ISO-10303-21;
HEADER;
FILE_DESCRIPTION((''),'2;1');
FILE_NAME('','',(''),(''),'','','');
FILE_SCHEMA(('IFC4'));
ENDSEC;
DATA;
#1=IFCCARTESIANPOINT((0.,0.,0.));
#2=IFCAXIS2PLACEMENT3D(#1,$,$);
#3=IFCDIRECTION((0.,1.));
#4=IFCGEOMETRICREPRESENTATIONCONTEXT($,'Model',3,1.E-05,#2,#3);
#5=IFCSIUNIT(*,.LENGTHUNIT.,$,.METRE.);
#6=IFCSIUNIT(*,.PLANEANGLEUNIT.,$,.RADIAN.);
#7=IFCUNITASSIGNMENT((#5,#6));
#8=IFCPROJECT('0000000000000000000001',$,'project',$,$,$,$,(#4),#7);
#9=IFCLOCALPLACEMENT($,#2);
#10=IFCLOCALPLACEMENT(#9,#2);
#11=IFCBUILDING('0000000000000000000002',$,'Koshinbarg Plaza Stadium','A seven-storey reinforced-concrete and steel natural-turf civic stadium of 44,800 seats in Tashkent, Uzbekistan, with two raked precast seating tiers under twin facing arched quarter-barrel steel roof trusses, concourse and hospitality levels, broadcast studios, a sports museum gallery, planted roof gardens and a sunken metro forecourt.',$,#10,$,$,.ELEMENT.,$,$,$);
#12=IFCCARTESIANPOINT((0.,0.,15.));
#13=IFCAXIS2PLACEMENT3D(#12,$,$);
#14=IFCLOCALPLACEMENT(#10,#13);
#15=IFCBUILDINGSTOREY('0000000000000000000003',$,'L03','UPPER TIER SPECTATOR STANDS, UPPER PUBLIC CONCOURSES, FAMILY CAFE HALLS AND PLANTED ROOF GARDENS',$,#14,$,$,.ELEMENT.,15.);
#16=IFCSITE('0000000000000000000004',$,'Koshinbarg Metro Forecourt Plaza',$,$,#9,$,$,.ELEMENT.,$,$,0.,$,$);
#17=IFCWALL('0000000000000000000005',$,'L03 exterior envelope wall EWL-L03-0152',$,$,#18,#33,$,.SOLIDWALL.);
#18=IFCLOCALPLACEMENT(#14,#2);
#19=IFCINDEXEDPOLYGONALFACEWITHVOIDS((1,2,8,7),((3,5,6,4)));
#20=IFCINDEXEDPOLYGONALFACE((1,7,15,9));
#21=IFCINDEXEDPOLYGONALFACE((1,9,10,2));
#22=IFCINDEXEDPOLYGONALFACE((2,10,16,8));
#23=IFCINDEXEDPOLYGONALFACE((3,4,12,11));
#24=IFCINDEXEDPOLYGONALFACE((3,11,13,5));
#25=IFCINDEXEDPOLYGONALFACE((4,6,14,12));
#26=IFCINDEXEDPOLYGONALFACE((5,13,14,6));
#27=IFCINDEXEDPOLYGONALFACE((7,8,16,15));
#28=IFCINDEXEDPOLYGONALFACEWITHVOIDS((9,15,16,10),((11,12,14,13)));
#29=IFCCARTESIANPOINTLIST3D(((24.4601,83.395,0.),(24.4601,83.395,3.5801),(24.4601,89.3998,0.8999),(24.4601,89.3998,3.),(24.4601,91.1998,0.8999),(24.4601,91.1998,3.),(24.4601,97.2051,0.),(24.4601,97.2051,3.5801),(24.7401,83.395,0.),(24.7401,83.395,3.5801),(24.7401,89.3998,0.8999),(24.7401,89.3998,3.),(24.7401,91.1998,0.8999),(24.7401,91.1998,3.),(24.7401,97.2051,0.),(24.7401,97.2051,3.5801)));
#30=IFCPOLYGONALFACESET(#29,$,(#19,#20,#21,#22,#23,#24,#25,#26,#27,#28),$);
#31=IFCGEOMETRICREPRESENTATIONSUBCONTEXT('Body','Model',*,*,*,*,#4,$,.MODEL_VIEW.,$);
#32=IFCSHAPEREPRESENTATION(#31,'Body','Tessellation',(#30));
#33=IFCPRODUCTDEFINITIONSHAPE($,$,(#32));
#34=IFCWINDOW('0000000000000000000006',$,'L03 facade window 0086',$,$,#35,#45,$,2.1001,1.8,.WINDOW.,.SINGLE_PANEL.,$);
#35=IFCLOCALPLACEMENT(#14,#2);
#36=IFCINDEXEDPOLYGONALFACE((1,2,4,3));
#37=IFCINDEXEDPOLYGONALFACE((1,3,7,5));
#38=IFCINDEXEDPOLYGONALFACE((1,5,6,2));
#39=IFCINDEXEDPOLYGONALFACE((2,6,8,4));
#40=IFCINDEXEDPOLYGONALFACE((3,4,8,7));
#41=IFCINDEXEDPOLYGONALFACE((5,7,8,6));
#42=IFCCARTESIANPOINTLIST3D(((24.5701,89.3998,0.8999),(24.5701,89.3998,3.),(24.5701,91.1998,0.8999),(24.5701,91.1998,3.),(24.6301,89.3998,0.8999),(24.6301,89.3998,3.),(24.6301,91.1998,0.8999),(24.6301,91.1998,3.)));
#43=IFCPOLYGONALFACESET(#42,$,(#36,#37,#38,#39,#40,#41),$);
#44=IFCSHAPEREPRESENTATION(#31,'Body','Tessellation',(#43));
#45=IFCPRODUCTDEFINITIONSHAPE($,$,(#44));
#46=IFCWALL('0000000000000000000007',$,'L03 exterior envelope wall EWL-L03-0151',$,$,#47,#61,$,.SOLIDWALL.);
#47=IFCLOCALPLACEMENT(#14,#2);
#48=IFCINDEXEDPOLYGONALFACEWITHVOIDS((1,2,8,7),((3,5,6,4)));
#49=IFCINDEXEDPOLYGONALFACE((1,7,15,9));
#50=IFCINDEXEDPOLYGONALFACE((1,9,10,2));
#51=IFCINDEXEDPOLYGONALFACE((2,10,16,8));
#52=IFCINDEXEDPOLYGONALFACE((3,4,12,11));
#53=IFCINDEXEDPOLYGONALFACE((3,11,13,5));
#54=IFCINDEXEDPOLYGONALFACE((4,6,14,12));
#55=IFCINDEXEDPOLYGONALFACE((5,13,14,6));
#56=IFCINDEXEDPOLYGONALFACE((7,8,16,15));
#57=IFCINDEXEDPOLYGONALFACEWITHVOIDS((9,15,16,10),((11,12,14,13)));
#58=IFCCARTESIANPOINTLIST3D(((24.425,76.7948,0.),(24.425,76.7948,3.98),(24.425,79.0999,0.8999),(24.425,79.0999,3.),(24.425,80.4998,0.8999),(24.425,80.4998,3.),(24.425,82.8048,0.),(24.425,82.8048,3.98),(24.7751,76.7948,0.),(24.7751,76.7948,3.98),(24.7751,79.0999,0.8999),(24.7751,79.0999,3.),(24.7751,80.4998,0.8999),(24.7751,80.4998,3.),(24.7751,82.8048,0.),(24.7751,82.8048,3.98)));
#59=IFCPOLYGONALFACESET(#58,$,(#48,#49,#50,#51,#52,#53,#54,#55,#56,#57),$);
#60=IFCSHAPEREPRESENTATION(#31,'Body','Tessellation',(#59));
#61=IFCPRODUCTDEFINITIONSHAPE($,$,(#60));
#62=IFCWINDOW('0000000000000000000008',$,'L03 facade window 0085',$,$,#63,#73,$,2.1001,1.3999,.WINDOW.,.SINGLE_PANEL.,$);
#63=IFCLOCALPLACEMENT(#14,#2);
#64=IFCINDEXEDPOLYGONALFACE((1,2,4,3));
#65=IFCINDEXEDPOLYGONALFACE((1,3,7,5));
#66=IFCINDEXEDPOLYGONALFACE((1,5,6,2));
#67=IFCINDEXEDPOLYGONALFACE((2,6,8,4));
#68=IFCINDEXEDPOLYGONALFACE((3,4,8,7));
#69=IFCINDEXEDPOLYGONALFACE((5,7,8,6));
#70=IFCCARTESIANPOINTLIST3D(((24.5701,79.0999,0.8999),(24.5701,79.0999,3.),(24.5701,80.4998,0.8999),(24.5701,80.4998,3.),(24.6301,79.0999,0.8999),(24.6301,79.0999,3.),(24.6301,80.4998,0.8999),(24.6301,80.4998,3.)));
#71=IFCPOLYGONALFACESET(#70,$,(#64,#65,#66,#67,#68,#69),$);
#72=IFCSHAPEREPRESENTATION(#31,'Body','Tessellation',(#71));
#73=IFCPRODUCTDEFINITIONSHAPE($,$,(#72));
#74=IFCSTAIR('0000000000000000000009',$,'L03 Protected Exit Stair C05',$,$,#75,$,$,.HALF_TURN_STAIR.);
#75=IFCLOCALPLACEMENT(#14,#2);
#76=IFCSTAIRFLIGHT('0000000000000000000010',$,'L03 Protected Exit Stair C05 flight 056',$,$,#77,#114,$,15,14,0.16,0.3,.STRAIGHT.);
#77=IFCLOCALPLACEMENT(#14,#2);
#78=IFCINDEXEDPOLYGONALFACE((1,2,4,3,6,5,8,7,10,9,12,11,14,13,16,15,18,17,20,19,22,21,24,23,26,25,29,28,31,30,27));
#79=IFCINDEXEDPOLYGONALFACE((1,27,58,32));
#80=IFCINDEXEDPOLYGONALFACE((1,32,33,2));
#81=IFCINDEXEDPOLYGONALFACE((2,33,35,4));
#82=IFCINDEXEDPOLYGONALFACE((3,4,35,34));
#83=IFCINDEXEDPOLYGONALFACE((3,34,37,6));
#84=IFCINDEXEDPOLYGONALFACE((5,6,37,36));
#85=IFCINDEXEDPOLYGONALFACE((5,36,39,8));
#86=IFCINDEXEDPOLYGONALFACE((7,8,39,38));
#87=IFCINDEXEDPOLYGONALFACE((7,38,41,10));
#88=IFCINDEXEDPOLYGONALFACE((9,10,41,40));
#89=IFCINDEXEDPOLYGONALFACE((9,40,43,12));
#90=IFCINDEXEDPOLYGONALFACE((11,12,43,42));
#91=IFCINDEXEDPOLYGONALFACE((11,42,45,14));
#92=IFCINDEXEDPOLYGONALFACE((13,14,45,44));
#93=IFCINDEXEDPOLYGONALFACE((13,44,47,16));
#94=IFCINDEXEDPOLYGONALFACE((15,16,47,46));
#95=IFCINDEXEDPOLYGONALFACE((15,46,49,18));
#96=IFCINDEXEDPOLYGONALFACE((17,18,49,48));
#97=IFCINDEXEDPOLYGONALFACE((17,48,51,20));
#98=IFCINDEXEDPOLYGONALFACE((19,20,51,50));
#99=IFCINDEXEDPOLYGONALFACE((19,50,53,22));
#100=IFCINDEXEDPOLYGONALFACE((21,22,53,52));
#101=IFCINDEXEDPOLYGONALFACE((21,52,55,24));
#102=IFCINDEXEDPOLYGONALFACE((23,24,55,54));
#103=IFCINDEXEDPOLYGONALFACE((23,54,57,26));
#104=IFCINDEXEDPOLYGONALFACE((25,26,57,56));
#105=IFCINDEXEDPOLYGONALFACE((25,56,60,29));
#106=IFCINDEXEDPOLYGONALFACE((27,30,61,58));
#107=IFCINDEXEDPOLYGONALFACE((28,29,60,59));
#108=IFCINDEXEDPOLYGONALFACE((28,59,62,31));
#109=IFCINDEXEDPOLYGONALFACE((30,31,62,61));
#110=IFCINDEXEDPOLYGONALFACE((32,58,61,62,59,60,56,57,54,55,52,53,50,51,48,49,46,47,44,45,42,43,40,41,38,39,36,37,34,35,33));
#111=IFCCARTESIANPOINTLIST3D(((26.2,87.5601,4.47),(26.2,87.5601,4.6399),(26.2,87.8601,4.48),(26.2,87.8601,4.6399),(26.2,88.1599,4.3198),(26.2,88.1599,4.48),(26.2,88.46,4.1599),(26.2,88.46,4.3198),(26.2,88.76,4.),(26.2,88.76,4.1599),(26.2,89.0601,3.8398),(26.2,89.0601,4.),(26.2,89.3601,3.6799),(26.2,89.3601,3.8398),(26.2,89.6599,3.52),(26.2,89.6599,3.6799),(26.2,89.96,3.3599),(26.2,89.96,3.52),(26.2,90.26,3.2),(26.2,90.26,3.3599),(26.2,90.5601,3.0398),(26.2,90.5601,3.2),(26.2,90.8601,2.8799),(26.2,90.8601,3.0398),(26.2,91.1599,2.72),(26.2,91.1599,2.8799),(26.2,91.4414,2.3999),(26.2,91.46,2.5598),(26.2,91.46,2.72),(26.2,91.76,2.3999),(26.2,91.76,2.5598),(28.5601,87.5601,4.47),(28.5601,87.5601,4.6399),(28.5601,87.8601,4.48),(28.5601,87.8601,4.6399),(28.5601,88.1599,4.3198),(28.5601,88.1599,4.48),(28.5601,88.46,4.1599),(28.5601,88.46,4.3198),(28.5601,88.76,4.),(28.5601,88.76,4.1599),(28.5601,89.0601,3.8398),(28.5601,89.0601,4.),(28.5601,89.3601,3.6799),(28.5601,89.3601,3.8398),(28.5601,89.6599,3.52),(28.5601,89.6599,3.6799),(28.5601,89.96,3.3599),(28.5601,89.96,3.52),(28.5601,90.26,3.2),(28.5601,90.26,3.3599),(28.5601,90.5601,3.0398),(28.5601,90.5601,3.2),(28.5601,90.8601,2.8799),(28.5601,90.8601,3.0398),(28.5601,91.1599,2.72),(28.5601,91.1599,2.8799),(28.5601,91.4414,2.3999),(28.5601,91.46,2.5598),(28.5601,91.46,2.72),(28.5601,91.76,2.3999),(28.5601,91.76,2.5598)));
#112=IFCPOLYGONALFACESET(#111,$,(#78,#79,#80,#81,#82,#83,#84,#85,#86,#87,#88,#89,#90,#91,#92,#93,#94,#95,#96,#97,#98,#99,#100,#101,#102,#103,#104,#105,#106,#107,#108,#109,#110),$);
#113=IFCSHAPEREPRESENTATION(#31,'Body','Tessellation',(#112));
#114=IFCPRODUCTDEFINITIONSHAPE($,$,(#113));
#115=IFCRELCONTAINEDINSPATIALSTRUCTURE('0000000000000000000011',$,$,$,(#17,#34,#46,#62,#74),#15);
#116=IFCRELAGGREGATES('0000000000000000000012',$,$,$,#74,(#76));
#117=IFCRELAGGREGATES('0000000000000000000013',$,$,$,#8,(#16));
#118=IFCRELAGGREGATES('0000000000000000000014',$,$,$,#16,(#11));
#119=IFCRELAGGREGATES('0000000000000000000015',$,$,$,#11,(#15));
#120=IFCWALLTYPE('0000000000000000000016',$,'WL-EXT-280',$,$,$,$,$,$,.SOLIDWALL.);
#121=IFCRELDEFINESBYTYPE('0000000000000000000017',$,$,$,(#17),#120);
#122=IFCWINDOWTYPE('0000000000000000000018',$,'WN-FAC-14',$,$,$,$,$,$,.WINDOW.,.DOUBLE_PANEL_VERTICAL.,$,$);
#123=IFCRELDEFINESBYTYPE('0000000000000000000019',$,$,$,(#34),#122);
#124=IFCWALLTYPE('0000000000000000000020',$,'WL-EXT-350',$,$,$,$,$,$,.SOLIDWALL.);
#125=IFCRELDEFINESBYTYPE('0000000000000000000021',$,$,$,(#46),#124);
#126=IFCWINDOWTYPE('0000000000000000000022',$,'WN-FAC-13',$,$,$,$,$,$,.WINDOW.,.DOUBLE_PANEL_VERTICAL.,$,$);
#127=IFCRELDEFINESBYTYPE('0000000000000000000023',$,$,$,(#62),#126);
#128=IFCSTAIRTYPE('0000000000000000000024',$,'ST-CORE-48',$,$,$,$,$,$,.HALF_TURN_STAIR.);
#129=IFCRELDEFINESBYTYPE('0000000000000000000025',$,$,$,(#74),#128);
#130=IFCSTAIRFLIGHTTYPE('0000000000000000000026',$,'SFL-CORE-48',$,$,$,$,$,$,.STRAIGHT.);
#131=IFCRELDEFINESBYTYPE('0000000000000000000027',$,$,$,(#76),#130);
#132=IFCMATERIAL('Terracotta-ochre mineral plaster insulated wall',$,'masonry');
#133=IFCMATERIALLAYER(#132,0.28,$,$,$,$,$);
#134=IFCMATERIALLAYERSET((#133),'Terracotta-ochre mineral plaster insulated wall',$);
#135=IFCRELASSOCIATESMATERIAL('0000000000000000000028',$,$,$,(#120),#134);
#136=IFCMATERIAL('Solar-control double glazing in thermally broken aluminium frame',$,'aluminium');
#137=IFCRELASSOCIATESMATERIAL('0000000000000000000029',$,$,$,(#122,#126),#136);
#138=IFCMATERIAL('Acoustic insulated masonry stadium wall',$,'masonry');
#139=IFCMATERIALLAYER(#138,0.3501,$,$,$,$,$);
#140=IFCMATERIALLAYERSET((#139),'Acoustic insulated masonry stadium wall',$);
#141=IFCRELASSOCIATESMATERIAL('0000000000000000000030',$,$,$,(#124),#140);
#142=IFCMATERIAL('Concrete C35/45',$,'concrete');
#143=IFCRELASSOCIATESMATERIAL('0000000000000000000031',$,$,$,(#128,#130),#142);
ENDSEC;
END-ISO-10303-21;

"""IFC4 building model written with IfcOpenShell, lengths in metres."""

from ifc_helpers import new_model, si_unit, direction, frame, frame_2d, origin, place, context, subcontext, project, spatial, polyline, rectangle, outline, extrude, material, layer, layer_set, type_object, element, fill, aggregate, save


model = new_model("IFC4")

# Units and contexts
model_context = context("Model", 3, precision=1e-05, world=origin(), true_north=direction((0.0, 1.0)))
body_context = subcontext(model_context, "Body", "Model", "MODEL_VIEW")
ifc_project = project(units=[si_unit("LENGTHUNIT", "METRE"), si_unit("PLANEANGLEUNIT", "RADIAN")], contexts=[model_context])

# Site, building, storey
site_placement = place(None, origin())
site = spatial("IfcSite", under=ifc_project, at=site_placement, Name="Koshinbarg Metro Forecourt Plaza", CompositionType="ELEMENT", RefElevation=0.0)
building_placement = place(site_placement, origin())
building = spatial("IfcBuilding", under=site, at=building_placement, Name="Koshinbarg Plaza Stadium", Description="A seven-storey reinforced-concrete and steel natural-turf civic stadium of 44,800 seats in Tashkent, Uzbekistan, with two raked precast seating tiers under twin facing arched quarter-barrel steel roof trusses, concourse and hospitality levels, broadcast studios, a sports museum gallery, planted roof gardens and a sunken metro forecourt.", CompositionType="ELEMENT")
storey_placement = place(building_placement, frame((0.0, 0.0, 15.0)))
storey = spatial("IfcBuildingStorey", under=building, at=storey_placement, Name="L03", Description="UPPER TIER SPECTATOR STANDS, UPPER PUBLIC CONCOURSES, FAMILY CAFE HALLS AND PLANTED ROOF GARDENS", CompositionType="ELEMENT", Elevation=15.0)

# Walls, openings, windows
ifc_material_1 = material(Name="Terracotta-ochre mineral plaster insulated wall", Category="masonry")
ifc_layer_1 = layer(ifc_material_1, 0.28)
ifc_layer_set_1 = layer_set([ifc_layer_1], Name="Terracotta-ochre mineral plaster insulated wall")
wall_type_1 = type_object("IfcWallType", Name="WL-EXT-280", PredefinedType="SOLIDWALL", material=ifc_layer_set_1)
wall_1_placement = place(storey_placement, frame((24.6001, 83.395, 0.0), z_axis=(0.0, 0.0, 1.0), x_axis=(0.0, 1.0, 0.0)))
wall_1 = element("IfcWall", 1, at=wall_1_placement, inside=storey, type_object=wall_type_1, Name="L03 exterior envelope wall EWL-L03-0152", PredefinedType="SOLIDWALL", context=body_context, shape_type="SweptSolid", body=[
    extrude(rectangle(XDim=13.8101, YDim=0.28, at=frame_2d((6.905, 0.0))), origin(), (0.0, 0.0, 1.0), 3.5801),
])
opening_1_placement = place(wall_1_placement, frame((6.0049, 0.0, 0.8999)))
opening_1 = element("IfcOpeningElement", 2, at=opening_1_placement, cuts=wall_1, PredefinedType="OPENING", context=body_context, shape_type="SweptSolid", body=[
    extrude(rectangle(XDim=1.8, YDim=2.1001, at=frame_2d((0.8999, 1.05))), frame((0.0, 0.1499, 0.0), z_axis=(0.0, -1.0, 0.0), x_axis=(1.0, 0.0, 0.0)), (0.0, 0.0, 1.0), 0.3),
])
ifc_material_2 = material(Name="Solar-control double glazing in thermally broken aluminium frame", Category="aluminium")
window_type_1 = type_object("IfcWindowType", Name="WN-FAC-14", PartitioningType="DOUBLE_PANEL_VERTICAL", PredefinedType="WINDOW", material=ifc_material_2)
window_1_placement = place(opening_1_placement, origin())
window_1 = element("IfcWindow", 3, at=window_1_placement, inside=storey, type_object=window_type_1, Name="L03 facade window 0086", OverallHeight=2.1001, OverallWidth=1.8, PartitioningType="SINGLE_PANEL", PredefinedType="WINDOW", context=body_context, shape_type="SweptSolid", body=[
    extrude(rectangle(XDim=1.8, YDim=2.1001, at=frame_2d((0.8999, 1.05))), frame((0.0, 0.03, 0.0), z_axis=(0.0, -1.0, 0.0), x_axis=(1.0, 0.0, 0.0)), (0.0, 0.0, 1.0), 0.0601),
])
fill(opening_1, window_1)
ifc_material_3 = material(Name="Acoustic insulated masonry stadium wall", Category="masonry")
ifc_layer_2 = layer(ifc_material_3, 0.3501)
ifc_layer_set_2 = layer_set([ifc_layer_2], Name="Acoustic insulated masonry stadium wall")
wall_type_2 = type_object("IfcWallType", Name="WL-EXT-350", PredefinedType="SOLIDWALL", material=ifc_layer_set_2)
wall_2_placement = place(storey_placement, frame((24.6001, 76.7949, 0.0), z_axis=(0.0, 0.0, 1.0), x_axis=(0.0, 1.0, 0.0)))
wall_2 = element("IfcWall", 4, at=wall_2_placement, inside=storey, type_object=wall_type_2, Name="L03 exterior envelope wall EWL-L03-0151", PredefinedType="SOLIDWALL", context=body_context, shape_type="SweptSolid", body=[
    extrude(rectangle(XDim=6.01, YDim=0.3501, at=frame_2d((3.0049, 0.0))), origin(), (0.0, 0.0, 1.0), 3.98),
])
opening_2_placement = place(wall_2_placement, frame((2.3049, 0.0, 0.8999)))
opening_2 = element("IfcOpeningElement", 5, at=opening_2_placement, cuts=wall_2, PredefinedType="OPENING", context=body_context, shape_type="SweptSolid", body=[
    extrude(rectangle(XDim=1.3999, YDim=2.1001, at=frame_2d((0.7, 1.05))), frame((0.0, 0.1851, 0.0), z_axis=(0.0, -1.0, 0.0), x_axis=(1.0, 0.0, 0.0)), (0.0, 0.0, 1.0), 0.3701),
])
window_type_2 = type_object("IfcWindowType", Name="WN-FAC-13", PartitioningType="DOUBLE_PANEL_VERTICAL", PredefinedType="WINDOW", material=ifc_material_2)
window_2_placement = place(opening_2_placement, origin())
window_2 = element("IfcWindow", 6, at=window_2_placement, inside=storey, type_object=window_type_2, Name="L03 facade window 0085", OverallHeight=2.1001, OverallWidth=1.3999, PartitioningType="SINGLE_PANEL", PredefinedType="WINDOW", context=body_context, shape_type="SweptSolid", body=[
    extrude(rectangle(XDim=1.3999, YDim=2.1001, at=frame_2d((0.7, 1.05))), frame((0.0, 0.03, 0.0), z_axis=(0.0, -1.0, 0.0), x_axis=(1.0, 0.0, 0.0)), (0.0, 0.0, 1.0), 0.0601),
])
fill(opening_2, window_2)

# Stair, stair flight
ifc_material_4 = material(Name="Concrete C35/45", Category="concrete")
stair_type = type_object("IfcStairType", Name="ST-CORE-48", PredefinedType="HALF_TURN_STAIR", material=ifc_material_4)
stair_placement = place(storey_placement, origin())
stair = element("IfcStair", 7, at=stair_placement, inside=storey, type_object=stair_type, Name="L03 Protected Exit Stair C05", PredefinedType="HALF_TURN_STAIR")
stair_flight_type = type_object("IfcStairFlightType", Name="SFL-CORE-48", PredefinedType="STRAIGHT", material=ifc_material_4)
stair_flight_placement = place(storey_placement, frame((27.3799, 91.76, 2.3999), z_axis=(0.0, 0.0, 1.0), x_axis=(0.0, -1.0, 0.0)))
stair_flight = element("IfcStairFlight", 8, at=stair_flight_placement, type_object=stair_flight_type, Name="L03 Protected Exit Stair C05 flight 056", NumberOfRisers=15, NumberOfTreads=14, PredefinedType="STRAIGHT", RiserHeight=0.16, TreadLength=0.3, context=body_context, shape_type="SweptSolid", body=[
    extrude(outline(polyline([(0.0, 0.0), (0.0, 0.1599), (0.3, 0.1599), (0.3, 0.3201), (0.6001, 0.3201), (0.6001, 0.48), (0.8999, 0.48), (0.8999, 0.6399), (1.2, 0.6399), (1.2, 0.8), (1.5, 0.8), (1.5, 0.96), (1.8, 0.96), (1.8, 1.1201), (2.1001, 1.1201), (2.1001, 1.28), (2.3999, 1.28), (2.3999, 1.4399), (2.7, 1.4399), (2.7, 1.6001), (3.0, 1.6001), (3.0, 1.76), (3.3, 1.76), (3.3, 1.9199), (3.6001, 1.9199), (3.6001, 2.0801), (3.8999, 2.0801), (3.8999, 2.24), (4.2, 2.24), (4.2, 2.3999), (4.2, 2.0701), (0.3186, 0.0), (0.0, 0.0)])), frame((0.0, 1.1802, 0.0), z_axis=(0.0, -1.0, 0.0), x_axis=(1.0, 0.0, 0.0)), (0.0, 0.0, 1.0), 2.3601),
])
aggregate(stair, [stair_flight])

save(model, "model.ifc")
